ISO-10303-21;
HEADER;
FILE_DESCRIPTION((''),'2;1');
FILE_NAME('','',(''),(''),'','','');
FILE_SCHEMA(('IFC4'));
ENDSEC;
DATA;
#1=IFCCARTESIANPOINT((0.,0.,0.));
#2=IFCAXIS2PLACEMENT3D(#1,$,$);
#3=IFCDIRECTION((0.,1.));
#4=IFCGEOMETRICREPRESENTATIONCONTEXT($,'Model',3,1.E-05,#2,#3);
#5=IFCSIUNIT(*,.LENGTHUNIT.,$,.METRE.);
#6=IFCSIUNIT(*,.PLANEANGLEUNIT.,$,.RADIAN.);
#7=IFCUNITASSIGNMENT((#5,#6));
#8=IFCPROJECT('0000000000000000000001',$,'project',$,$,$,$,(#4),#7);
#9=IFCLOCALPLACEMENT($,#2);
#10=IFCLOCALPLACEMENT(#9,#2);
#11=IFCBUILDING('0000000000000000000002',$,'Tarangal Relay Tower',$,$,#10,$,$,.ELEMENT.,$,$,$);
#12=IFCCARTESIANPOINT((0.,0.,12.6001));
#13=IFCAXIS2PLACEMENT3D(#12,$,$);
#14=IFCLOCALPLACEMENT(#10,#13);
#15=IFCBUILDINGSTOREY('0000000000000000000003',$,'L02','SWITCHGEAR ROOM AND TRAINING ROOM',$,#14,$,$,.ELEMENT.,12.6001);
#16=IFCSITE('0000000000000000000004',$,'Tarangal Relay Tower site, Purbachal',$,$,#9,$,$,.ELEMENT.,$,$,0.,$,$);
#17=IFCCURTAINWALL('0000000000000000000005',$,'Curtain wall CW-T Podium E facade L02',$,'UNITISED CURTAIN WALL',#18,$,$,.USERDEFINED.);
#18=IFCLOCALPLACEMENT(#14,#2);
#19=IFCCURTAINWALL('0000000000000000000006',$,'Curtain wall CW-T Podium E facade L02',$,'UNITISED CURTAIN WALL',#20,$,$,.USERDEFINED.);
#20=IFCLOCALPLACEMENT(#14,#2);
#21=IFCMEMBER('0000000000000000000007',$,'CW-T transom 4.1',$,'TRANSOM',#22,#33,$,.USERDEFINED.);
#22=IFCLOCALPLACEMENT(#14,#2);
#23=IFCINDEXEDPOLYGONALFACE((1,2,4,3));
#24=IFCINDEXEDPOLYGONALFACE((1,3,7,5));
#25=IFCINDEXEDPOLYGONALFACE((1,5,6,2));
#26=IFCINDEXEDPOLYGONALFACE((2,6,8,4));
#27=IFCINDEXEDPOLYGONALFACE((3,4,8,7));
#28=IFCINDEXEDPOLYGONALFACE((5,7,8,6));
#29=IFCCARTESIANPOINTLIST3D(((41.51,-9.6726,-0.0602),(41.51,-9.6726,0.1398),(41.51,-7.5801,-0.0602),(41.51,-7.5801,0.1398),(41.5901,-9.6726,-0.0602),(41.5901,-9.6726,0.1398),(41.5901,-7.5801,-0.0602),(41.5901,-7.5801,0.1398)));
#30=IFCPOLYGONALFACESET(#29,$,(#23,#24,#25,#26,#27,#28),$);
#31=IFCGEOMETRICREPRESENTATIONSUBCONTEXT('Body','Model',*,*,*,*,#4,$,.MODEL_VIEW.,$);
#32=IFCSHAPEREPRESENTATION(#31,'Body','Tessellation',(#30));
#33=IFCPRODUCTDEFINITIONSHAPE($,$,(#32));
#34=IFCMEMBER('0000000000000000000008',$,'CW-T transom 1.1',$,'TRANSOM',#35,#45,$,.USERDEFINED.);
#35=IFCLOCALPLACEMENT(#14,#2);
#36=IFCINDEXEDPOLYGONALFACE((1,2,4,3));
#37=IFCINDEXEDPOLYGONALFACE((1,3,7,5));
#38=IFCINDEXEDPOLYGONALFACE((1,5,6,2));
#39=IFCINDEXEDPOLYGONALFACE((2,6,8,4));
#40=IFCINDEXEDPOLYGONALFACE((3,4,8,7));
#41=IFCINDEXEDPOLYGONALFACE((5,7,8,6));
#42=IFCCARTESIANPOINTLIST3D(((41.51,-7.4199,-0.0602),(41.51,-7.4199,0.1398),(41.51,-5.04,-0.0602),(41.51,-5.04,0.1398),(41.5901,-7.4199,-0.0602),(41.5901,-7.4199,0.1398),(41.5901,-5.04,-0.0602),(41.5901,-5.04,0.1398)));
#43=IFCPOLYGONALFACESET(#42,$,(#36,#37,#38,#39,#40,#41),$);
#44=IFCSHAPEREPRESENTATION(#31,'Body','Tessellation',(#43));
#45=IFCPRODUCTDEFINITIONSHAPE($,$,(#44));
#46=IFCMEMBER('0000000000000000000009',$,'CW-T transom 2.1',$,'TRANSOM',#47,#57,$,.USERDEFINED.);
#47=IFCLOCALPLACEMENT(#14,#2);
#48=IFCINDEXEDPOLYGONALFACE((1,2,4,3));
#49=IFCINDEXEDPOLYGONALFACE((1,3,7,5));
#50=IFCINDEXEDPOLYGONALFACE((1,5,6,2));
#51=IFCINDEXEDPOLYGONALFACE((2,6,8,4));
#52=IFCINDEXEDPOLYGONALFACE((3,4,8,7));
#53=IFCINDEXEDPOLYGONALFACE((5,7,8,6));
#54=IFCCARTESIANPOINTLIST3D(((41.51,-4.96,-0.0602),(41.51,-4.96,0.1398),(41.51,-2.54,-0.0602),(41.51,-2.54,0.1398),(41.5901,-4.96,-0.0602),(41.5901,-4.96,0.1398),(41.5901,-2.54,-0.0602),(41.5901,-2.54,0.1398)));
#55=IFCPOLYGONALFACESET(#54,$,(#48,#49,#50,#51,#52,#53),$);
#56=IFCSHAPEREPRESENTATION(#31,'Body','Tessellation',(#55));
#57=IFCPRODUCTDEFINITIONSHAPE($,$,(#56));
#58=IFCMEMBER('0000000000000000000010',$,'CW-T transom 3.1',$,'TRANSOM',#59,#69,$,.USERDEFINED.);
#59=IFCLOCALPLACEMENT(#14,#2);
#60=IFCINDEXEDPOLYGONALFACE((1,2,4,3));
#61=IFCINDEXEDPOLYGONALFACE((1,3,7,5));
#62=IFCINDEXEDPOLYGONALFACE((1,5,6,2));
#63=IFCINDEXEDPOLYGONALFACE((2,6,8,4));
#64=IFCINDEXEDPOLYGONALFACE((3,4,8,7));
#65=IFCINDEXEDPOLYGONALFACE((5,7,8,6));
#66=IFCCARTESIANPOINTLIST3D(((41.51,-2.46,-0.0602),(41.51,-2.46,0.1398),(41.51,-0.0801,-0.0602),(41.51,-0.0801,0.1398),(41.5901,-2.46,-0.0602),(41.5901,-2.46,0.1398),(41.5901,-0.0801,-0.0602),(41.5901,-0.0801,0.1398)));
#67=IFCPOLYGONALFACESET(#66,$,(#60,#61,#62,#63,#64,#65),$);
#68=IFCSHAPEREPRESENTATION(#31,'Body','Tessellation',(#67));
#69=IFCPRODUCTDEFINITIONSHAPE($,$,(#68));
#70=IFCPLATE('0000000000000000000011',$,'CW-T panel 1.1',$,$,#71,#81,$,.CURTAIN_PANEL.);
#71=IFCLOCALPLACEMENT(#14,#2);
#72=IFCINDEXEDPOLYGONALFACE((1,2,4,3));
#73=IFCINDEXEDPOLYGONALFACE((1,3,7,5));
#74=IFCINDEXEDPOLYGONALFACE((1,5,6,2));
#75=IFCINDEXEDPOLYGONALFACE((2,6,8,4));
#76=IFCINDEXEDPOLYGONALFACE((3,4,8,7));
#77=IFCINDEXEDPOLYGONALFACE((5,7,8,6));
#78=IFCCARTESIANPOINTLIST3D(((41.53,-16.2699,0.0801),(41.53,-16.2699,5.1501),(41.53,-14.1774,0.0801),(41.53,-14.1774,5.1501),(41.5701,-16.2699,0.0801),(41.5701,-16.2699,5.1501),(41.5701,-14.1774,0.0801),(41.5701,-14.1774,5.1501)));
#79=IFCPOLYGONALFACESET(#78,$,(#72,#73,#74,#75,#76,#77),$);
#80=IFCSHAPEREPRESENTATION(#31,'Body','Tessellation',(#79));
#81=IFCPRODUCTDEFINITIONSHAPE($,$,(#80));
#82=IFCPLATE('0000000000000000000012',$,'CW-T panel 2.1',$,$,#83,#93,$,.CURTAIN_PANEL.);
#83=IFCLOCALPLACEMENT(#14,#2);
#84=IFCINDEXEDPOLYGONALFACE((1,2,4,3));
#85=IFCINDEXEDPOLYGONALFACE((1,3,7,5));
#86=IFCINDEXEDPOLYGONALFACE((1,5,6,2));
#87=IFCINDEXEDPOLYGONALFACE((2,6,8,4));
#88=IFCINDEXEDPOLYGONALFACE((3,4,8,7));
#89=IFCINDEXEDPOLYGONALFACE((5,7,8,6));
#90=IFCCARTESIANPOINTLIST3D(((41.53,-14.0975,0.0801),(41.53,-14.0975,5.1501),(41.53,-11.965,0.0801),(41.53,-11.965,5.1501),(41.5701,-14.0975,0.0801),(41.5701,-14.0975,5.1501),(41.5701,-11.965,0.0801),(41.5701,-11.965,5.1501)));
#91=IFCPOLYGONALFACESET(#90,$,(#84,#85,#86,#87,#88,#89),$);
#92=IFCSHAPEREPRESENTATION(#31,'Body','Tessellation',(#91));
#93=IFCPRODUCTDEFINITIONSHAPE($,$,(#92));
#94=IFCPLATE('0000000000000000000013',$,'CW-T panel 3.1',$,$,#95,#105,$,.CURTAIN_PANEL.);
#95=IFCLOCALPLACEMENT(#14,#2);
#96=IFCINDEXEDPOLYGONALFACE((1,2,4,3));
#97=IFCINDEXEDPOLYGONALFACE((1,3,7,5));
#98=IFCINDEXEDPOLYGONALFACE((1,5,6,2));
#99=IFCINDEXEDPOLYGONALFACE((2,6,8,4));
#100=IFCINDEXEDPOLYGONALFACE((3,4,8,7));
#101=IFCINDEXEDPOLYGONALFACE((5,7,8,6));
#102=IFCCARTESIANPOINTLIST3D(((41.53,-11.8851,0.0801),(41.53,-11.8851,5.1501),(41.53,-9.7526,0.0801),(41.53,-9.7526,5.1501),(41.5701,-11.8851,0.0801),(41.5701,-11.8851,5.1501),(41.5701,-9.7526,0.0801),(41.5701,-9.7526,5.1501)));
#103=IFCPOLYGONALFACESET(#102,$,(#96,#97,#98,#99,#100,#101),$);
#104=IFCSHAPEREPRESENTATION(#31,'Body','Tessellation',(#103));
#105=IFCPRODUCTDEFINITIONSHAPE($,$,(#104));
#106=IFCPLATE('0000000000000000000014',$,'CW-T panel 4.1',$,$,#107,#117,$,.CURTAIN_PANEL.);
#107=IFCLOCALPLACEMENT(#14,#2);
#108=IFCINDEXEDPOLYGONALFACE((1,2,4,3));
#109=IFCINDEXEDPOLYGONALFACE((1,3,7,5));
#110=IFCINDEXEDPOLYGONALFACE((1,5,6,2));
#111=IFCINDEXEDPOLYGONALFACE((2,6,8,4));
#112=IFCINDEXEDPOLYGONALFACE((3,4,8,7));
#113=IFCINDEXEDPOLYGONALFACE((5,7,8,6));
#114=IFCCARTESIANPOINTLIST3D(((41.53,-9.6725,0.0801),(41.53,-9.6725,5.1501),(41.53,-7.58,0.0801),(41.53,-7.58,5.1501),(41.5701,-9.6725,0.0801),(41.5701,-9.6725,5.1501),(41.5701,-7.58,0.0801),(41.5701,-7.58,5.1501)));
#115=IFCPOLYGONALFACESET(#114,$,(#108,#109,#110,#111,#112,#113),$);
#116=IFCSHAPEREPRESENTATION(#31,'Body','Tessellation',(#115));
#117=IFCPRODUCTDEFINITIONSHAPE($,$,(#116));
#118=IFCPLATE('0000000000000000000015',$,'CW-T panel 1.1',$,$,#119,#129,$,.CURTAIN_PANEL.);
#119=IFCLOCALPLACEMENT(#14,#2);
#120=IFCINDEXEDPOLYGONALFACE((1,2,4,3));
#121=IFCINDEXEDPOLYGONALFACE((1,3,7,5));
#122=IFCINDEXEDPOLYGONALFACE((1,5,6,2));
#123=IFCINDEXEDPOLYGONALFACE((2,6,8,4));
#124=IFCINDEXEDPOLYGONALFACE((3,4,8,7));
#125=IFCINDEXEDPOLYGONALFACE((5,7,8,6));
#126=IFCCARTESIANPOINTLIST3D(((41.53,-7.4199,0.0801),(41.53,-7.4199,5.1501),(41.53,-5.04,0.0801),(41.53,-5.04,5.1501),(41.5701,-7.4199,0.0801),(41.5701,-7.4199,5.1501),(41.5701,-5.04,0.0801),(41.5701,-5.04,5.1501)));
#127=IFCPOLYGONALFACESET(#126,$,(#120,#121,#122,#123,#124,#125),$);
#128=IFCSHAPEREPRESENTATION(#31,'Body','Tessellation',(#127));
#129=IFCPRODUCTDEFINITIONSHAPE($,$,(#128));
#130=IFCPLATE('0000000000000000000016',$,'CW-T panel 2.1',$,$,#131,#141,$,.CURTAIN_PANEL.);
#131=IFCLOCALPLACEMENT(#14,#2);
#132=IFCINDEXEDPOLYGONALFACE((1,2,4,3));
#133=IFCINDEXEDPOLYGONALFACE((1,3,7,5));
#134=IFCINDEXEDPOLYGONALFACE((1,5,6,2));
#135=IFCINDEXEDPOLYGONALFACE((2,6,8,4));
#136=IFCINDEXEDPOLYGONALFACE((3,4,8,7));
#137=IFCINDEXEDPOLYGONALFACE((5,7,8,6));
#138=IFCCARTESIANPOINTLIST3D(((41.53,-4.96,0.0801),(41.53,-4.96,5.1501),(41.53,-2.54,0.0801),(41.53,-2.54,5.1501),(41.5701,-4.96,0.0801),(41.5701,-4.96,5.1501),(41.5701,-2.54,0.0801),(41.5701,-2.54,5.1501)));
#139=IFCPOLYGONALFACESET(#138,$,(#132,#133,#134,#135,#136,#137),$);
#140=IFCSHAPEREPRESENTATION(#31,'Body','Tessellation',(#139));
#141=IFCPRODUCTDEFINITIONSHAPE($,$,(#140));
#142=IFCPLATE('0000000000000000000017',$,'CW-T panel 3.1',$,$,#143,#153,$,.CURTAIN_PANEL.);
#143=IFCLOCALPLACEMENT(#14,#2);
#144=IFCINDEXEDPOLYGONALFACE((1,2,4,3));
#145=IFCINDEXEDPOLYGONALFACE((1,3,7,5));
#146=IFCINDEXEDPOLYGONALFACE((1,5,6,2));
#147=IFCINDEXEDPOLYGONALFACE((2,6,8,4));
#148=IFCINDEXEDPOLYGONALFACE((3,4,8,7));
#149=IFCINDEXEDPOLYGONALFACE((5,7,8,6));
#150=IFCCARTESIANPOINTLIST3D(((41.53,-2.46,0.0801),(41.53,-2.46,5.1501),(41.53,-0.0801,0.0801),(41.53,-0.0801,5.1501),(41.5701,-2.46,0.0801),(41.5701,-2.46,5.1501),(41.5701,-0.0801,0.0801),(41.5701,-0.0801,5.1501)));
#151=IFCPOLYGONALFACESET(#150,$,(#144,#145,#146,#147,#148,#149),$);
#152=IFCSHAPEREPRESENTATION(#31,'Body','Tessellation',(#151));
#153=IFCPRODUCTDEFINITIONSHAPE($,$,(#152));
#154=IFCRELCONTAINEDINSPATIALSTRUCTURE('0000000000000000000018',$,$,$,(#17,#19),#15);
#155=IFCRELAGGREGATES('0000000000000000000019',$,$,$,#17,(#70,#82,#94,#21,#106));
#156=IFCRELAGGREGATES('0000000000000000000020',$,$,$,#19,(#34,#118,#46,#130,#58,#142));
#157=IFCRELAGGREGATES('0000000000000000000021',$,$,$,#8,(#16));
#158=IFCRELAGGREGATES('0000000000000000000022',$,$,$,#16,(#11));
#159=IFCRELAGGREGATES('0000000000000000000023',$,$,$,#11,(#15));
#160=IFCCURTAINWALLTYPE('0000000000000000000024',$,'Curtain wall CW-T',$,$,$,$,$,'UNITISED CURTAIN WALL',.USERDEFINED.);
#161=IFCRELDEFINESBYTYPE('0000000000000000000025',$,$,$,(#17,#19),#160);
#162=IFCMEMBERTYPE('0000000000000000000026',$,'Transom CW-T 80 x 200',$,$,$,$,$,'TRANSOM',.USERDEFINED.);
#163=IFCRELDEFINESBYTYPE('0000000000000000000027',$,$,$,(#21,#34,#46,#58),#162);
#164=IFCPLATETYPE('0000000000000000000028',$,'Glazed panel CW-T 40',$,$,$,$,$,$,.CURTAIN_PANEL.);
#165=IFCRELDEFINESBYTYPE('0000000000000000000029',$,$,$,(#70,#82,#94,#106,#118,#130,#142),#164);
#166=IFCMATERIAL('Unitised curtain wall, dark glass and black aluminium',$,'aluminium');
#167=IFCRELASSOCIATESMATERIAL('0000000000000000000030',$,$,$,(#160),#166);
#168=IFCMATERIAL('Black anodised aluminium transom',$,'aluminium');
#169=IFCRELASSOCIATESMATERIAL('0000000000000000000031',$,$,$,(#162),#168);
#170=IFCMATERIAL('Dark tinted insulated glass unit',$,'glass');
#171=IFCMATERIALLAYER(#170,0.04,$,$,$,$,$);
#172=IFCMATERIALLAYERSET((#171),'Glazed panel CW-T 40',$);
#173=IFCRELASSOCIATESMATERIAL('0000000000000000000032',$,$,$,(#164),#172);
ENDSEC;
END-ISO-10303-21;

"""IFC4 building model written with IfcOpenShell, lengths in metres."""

from ifc_helpers import new_model, si_unit, direction, frame, origin, origin_2d, place, context, subcontext, project, spatial, rectangle, extrude, material, layer, layer_set, material_profile, profile_set, type_object, element, aggregate, save


model = new_model("IFC4")

# Units and contexts
model_context = context("Model", 3, precision=1e-05, world=origin(), true_north=direction((0.0, 1.0)))
body_context = subcontext(model_context, "Body", "Model", "MODEL_VIEW")
ifc_project = project(units=[si_unit("LENGTHUNIT", "METRE"), si_unit("PLANEANGLEUNIT", "RADIAN")], contexts=[model_context])

# Site, building, storey
site_placement = place(None, origin())
site = spatial("IfcSite", under=ifc_project, at=site_placement, Name="Tarangal Relay Tower site, Purbachal", CompositionType="ELEMENT", RefElevation=0.0)
building_placement = place(site_placement, origin())
building = spatial("IfcBuilding", under=site, at=building_placement, Name="Tarangal Relay Tower", CompositionType="ELEMENT")
storey_placement = place(building_placement, frame((0.0, 0.0, 12.6001)))
storey = spatial("IfcBuildingStorey", under=building, at=storey_placement, Name="L02", Description="SWITCHGEAR ROOM AND TRAINING ROOM", CompositionType="ELEMENT", Elevation=12.6001)

# Shared definitions
ifc_material_1 = material(Name="Unitised curtain wall, dark glass and black aluminium", Category="aluminium")

# Curtain walls
curtain_wall_type_1 = type_object("IfcCurtainWallType", Name="Curtain wall CW-T", ElementType="UNITISED CURTAIN WALL", PredefinedType="USERDEFINED", material=ifc_material_1)
curtain_wall_1_placement = place(storey_placement, origin())
curtain_wall_1 = element("IfcCurtainWall", 1, at=curtain_wall_1_placement, inside=storey, type_object=curtain_wall_type_1, Name="Curtain wall CW-T Podium E facade L02", ObjectType="UNITISED CURTAIN WALL", PredefinedType="USERDEFINED")
curtain_wall_2_placement = place(storey_placement, origin())
curtain_wall_2 = element("IfcCurtainWall", 2, at=curtain_wall_2_placement, inside=storey, type_object=curtain_wall_type_1, Name="Curtain wall CW-T Podium E facade L02", ObjectType="UNITISED CURTAIN WALL", PredefinedType="USERDEFINED")

# Members
ifc_material_2 = material(Name="Black anodised aluminium transom", Category="aluminium")
ifc_material_profile_1 = material_profile(ifc_material_2, rectangle(XDim=0.0801, YDim=0.2, at=origin_2d()), Name="CW-TT 80X200")
ifc_profile_set_1 = profile_set([ifc_material_profile_1], Name="Black anodised aluminium transom")
member_type_1 = type_object("IfcMemberType", Name="Transom CW-T 80 x 200", ElementType="TRANSOM", PredefinedType="USERDEFINED", material=ifc_profile_set_1)
member_1_placement = place(storey_placement, frame((41.55, -9.6726, 0.0398), z_axis=(0.0, 1.0, 0.0), x_axis=(-1.0, 0.0, 0.0)))
member_1 = element("IfcMember", 3, at=member_1_placement, type_object=member_type_1, Name="CW-T transom 4.1", ObjectType="TRANSOM", PredefinedType="USERDEFINED", context=body_context, shape_type="SweptSolid", body=[
    extrude(rectangle(XDim=0.0801, YDim=0.2, at=origin_2d()), origin(), (0.0, 0.0, 1.0), 2.0925),
])
member_2_placement = place(storey_placement, frame((41.55, -7.4199, 0.0398), z_axis=(0.0, 1.0, 0.0), x_axis=(-1.0, 0.0, 0.0)))
member_2 = element("IfcMember", 4, at=member_2_placement, type_object=member_type_1, Name="CW-T transom 1.1", ObjectType="TRANSOM", PredefinedType="USERDEFINED", context=body_context, shape_type="SweptSolid", body=[
    extrude(rectangle(XDim=0.0801, YDim=0.2, at=origin_2d()), origin(), (0.0, 0.0, 1.0), 2.3799),
])
member_3_placement = place(storey_placement, frame((41.55, -4.96, 0.0398), z_axis=(0.0, 1.0, 0.0), x_axis=(-1.0, 0.0, 0.0)))
member_3 = element("IfcMember", 5, at=member_3_placement, type_object=member_type_1, Name="CW-T transom 2.1", ObjectType="TRANSOM", PredefinedType="USERDEFINED", context=body_context, shape_type="SweptSolid", body=[
    extrude(rectangle(XDim=0.0801, YDim=0.2, at=origin_2d()), origin(), (0.0, 0.0, 1.0), 2.4199),
])
member_4_placement = place(storey_placement, frame((41.55, -2.46, 0.0398), z_axis=(0.0, 1.0, 0.0), x_axis=(-1.0, 0.0, 0.0)))
member_4 = element("IfcMember", 6, at=member_4_placement, type_object=member_type_1, Name="CW-T transom 3.1", ObjectType="TRANSOM", PredefinedType="USERDEFINED", context=body_context, shape_type="SweptSolid", body=[
    extrude(rectangle(XDim=0.0801, YDim=0.2, at=origin_2d()), origin(), (0.0, 0.0, 1.0), 2.3799),
])

# Plates
ifc_material_3 = material(Name="Dark tinted insulated glass unit", Category="glass")
ifc_layer = layer(ifc_material_3, 0.04)
ifc_layer_set = layer_set([ifc_layer], Name="Glazed panel CW-T 40")
plate_type = type_object("IfcPlateType", Name="Glazed panel CW-T 40", PredefinedType="CURTAIN_PANEL", material=ifc_layer_set)
plate_1_placement = place(storey_placement, frame((41.55, -15.2236, 0.0801), z_axis=(0.0, 0.0, 1.0), x_axis=(0.0, 1.0, 0.0)))
plate_1 = element("IfcPlate", 7, at=plate_1_placement, type_object=plate_type, Name="CW-T panel 1.1", PredefinedType="CURTAIN_PANEL", context=body_context, shape_type="SweptSolid", body=[
    extrude(rectangle(XDim=2.0925, YDim=0.04, at=origin_2d()), origin(), (0.0, 0.0, 1.0), 5.0701),
])
plate_2_placement = place(storey_placement, frame((41.55, -13.0312, 0.0801), z_axis=(0.0, 0.0, 1.0), x_axis=(0.0, 1.0, 0.0)))
plate_2 = element("IfcPlate", 8, at=plate_2_placement, type_object=plate_type, Name="CW-T panel 2.1", PredefinedType="CURTAIN_PANEL", context=body_context, shape_type="SweptSolid", body=[
    extrude(rectangle(XDim=2.1326, YDim=0.04, at=origin_2d()), origin(), (0.0, 0.0, 1.0), 5.0701),
])
plate_3_placement = place(storey_placement, frame((41.55, -10.8188, 0.0801), z_axis=(0.0, 0.0, 1.0), x_axis=(0.0, 1.0, 0.0)))
plate_3 = element("IfcPlate", 9, at=plate_3_placement, type_object=plate_type, Name="CW-T panel 3.1", PredefinedType="CURTAIN_PANEL", context=body_context, shape_type="SweptSolid", body=[
    extrude(rectangle(XDim=2.1326, YDim=0.04, at=origin_2d()), origin(), (0.0, 0.0, 1.0), 5.0701),
])
plate_4_placement = place(storey_placement, frame((41.55, -8.6262, 0.0801), z_axis=(0.0, 0.0, 1.0), x_axis=(0.0, 1.0, 0.0)))
plate_4 = element("IfcPlate", 10, at=plate_4_placement, type_object=plate_type, Name="CW-T panel 4.1", PredefinedType="CURTAIN_PANEL", context=body_context, shape_type="SweptSolid", body=[
    extrude(rectangle(XDim=2.0925, YDim=0.04, at=origin_2d()), origin(), (0.0, 0.0, 1.0), 5.0701),
])
aggregate(curtain_wall_1, [plate_1, plate_2, plate_3, member_1, plate_4])
plate_5_placement = place(storey_placement, frame((41.55, -6.23, 0.0801), z_axis=(0.0, 0.0, 1.0), x_axis=(0.0, 1.0, 0.0)))
plate_5 = element("IfcPlate", 11, at=plate_5_placement, type_object=plate_type, Name="CW-T panel 1.1", PredefinedType="CURTAIN_PANEL", context=body_context, shape_type="SweptSolid", body=[
    extrude(rectangle(XDim=2.3799, YDim=0.04, at=origin_2d()), origin(), (0.0, 0.0, 1.0), 5.0701),
])
plate_6_placement = place(storey_placement, frame((41.55, -3.75, 0.0801), z_axis=(0.0, 0.0, 1.0), x_axis=(0.0, 1.0, 0.0)))
plate_6 = element("IfcPlate", 12, at=plate_6_placement, type_object=plate_type, Name="CW-T panel 2.1", PredefinedType="CURTAIN_PANEL", context=body_context, shape_type="SweptSolid", body=[
    extrude(rectangle(XDim=2.4199, YDim=0.04, at=origin_2d()), origin(), (0.0, 0.0, 1.0), 5.0701),
])
plate_7_placement = place(storey_placement, frame((41.55, -1.27, 0.0801), z_axis=(0.0, 0.0, 1.0), x_axis=(0.0, 1.0, 0.0)))
plate_7 = element("IfcPlate", 13, at=plate_7_placement, type_object=plate_type, Name="CW-T panel 3.1", PredefinedType="CURTAIN_PANEL", context=body_context, shape_type="SweptSolid", body=[
    extrude(rectangle(XDim=2.3799, YDim=0.04, at=origin_2d()), origin(), (0.0, 0.0, 1.0), 5.0701),
])
aggregate(curtain_wall_2, [member_2, plate_5, member_3, plate_6, member_4, plate_7])

save(model, "model.ifc")
